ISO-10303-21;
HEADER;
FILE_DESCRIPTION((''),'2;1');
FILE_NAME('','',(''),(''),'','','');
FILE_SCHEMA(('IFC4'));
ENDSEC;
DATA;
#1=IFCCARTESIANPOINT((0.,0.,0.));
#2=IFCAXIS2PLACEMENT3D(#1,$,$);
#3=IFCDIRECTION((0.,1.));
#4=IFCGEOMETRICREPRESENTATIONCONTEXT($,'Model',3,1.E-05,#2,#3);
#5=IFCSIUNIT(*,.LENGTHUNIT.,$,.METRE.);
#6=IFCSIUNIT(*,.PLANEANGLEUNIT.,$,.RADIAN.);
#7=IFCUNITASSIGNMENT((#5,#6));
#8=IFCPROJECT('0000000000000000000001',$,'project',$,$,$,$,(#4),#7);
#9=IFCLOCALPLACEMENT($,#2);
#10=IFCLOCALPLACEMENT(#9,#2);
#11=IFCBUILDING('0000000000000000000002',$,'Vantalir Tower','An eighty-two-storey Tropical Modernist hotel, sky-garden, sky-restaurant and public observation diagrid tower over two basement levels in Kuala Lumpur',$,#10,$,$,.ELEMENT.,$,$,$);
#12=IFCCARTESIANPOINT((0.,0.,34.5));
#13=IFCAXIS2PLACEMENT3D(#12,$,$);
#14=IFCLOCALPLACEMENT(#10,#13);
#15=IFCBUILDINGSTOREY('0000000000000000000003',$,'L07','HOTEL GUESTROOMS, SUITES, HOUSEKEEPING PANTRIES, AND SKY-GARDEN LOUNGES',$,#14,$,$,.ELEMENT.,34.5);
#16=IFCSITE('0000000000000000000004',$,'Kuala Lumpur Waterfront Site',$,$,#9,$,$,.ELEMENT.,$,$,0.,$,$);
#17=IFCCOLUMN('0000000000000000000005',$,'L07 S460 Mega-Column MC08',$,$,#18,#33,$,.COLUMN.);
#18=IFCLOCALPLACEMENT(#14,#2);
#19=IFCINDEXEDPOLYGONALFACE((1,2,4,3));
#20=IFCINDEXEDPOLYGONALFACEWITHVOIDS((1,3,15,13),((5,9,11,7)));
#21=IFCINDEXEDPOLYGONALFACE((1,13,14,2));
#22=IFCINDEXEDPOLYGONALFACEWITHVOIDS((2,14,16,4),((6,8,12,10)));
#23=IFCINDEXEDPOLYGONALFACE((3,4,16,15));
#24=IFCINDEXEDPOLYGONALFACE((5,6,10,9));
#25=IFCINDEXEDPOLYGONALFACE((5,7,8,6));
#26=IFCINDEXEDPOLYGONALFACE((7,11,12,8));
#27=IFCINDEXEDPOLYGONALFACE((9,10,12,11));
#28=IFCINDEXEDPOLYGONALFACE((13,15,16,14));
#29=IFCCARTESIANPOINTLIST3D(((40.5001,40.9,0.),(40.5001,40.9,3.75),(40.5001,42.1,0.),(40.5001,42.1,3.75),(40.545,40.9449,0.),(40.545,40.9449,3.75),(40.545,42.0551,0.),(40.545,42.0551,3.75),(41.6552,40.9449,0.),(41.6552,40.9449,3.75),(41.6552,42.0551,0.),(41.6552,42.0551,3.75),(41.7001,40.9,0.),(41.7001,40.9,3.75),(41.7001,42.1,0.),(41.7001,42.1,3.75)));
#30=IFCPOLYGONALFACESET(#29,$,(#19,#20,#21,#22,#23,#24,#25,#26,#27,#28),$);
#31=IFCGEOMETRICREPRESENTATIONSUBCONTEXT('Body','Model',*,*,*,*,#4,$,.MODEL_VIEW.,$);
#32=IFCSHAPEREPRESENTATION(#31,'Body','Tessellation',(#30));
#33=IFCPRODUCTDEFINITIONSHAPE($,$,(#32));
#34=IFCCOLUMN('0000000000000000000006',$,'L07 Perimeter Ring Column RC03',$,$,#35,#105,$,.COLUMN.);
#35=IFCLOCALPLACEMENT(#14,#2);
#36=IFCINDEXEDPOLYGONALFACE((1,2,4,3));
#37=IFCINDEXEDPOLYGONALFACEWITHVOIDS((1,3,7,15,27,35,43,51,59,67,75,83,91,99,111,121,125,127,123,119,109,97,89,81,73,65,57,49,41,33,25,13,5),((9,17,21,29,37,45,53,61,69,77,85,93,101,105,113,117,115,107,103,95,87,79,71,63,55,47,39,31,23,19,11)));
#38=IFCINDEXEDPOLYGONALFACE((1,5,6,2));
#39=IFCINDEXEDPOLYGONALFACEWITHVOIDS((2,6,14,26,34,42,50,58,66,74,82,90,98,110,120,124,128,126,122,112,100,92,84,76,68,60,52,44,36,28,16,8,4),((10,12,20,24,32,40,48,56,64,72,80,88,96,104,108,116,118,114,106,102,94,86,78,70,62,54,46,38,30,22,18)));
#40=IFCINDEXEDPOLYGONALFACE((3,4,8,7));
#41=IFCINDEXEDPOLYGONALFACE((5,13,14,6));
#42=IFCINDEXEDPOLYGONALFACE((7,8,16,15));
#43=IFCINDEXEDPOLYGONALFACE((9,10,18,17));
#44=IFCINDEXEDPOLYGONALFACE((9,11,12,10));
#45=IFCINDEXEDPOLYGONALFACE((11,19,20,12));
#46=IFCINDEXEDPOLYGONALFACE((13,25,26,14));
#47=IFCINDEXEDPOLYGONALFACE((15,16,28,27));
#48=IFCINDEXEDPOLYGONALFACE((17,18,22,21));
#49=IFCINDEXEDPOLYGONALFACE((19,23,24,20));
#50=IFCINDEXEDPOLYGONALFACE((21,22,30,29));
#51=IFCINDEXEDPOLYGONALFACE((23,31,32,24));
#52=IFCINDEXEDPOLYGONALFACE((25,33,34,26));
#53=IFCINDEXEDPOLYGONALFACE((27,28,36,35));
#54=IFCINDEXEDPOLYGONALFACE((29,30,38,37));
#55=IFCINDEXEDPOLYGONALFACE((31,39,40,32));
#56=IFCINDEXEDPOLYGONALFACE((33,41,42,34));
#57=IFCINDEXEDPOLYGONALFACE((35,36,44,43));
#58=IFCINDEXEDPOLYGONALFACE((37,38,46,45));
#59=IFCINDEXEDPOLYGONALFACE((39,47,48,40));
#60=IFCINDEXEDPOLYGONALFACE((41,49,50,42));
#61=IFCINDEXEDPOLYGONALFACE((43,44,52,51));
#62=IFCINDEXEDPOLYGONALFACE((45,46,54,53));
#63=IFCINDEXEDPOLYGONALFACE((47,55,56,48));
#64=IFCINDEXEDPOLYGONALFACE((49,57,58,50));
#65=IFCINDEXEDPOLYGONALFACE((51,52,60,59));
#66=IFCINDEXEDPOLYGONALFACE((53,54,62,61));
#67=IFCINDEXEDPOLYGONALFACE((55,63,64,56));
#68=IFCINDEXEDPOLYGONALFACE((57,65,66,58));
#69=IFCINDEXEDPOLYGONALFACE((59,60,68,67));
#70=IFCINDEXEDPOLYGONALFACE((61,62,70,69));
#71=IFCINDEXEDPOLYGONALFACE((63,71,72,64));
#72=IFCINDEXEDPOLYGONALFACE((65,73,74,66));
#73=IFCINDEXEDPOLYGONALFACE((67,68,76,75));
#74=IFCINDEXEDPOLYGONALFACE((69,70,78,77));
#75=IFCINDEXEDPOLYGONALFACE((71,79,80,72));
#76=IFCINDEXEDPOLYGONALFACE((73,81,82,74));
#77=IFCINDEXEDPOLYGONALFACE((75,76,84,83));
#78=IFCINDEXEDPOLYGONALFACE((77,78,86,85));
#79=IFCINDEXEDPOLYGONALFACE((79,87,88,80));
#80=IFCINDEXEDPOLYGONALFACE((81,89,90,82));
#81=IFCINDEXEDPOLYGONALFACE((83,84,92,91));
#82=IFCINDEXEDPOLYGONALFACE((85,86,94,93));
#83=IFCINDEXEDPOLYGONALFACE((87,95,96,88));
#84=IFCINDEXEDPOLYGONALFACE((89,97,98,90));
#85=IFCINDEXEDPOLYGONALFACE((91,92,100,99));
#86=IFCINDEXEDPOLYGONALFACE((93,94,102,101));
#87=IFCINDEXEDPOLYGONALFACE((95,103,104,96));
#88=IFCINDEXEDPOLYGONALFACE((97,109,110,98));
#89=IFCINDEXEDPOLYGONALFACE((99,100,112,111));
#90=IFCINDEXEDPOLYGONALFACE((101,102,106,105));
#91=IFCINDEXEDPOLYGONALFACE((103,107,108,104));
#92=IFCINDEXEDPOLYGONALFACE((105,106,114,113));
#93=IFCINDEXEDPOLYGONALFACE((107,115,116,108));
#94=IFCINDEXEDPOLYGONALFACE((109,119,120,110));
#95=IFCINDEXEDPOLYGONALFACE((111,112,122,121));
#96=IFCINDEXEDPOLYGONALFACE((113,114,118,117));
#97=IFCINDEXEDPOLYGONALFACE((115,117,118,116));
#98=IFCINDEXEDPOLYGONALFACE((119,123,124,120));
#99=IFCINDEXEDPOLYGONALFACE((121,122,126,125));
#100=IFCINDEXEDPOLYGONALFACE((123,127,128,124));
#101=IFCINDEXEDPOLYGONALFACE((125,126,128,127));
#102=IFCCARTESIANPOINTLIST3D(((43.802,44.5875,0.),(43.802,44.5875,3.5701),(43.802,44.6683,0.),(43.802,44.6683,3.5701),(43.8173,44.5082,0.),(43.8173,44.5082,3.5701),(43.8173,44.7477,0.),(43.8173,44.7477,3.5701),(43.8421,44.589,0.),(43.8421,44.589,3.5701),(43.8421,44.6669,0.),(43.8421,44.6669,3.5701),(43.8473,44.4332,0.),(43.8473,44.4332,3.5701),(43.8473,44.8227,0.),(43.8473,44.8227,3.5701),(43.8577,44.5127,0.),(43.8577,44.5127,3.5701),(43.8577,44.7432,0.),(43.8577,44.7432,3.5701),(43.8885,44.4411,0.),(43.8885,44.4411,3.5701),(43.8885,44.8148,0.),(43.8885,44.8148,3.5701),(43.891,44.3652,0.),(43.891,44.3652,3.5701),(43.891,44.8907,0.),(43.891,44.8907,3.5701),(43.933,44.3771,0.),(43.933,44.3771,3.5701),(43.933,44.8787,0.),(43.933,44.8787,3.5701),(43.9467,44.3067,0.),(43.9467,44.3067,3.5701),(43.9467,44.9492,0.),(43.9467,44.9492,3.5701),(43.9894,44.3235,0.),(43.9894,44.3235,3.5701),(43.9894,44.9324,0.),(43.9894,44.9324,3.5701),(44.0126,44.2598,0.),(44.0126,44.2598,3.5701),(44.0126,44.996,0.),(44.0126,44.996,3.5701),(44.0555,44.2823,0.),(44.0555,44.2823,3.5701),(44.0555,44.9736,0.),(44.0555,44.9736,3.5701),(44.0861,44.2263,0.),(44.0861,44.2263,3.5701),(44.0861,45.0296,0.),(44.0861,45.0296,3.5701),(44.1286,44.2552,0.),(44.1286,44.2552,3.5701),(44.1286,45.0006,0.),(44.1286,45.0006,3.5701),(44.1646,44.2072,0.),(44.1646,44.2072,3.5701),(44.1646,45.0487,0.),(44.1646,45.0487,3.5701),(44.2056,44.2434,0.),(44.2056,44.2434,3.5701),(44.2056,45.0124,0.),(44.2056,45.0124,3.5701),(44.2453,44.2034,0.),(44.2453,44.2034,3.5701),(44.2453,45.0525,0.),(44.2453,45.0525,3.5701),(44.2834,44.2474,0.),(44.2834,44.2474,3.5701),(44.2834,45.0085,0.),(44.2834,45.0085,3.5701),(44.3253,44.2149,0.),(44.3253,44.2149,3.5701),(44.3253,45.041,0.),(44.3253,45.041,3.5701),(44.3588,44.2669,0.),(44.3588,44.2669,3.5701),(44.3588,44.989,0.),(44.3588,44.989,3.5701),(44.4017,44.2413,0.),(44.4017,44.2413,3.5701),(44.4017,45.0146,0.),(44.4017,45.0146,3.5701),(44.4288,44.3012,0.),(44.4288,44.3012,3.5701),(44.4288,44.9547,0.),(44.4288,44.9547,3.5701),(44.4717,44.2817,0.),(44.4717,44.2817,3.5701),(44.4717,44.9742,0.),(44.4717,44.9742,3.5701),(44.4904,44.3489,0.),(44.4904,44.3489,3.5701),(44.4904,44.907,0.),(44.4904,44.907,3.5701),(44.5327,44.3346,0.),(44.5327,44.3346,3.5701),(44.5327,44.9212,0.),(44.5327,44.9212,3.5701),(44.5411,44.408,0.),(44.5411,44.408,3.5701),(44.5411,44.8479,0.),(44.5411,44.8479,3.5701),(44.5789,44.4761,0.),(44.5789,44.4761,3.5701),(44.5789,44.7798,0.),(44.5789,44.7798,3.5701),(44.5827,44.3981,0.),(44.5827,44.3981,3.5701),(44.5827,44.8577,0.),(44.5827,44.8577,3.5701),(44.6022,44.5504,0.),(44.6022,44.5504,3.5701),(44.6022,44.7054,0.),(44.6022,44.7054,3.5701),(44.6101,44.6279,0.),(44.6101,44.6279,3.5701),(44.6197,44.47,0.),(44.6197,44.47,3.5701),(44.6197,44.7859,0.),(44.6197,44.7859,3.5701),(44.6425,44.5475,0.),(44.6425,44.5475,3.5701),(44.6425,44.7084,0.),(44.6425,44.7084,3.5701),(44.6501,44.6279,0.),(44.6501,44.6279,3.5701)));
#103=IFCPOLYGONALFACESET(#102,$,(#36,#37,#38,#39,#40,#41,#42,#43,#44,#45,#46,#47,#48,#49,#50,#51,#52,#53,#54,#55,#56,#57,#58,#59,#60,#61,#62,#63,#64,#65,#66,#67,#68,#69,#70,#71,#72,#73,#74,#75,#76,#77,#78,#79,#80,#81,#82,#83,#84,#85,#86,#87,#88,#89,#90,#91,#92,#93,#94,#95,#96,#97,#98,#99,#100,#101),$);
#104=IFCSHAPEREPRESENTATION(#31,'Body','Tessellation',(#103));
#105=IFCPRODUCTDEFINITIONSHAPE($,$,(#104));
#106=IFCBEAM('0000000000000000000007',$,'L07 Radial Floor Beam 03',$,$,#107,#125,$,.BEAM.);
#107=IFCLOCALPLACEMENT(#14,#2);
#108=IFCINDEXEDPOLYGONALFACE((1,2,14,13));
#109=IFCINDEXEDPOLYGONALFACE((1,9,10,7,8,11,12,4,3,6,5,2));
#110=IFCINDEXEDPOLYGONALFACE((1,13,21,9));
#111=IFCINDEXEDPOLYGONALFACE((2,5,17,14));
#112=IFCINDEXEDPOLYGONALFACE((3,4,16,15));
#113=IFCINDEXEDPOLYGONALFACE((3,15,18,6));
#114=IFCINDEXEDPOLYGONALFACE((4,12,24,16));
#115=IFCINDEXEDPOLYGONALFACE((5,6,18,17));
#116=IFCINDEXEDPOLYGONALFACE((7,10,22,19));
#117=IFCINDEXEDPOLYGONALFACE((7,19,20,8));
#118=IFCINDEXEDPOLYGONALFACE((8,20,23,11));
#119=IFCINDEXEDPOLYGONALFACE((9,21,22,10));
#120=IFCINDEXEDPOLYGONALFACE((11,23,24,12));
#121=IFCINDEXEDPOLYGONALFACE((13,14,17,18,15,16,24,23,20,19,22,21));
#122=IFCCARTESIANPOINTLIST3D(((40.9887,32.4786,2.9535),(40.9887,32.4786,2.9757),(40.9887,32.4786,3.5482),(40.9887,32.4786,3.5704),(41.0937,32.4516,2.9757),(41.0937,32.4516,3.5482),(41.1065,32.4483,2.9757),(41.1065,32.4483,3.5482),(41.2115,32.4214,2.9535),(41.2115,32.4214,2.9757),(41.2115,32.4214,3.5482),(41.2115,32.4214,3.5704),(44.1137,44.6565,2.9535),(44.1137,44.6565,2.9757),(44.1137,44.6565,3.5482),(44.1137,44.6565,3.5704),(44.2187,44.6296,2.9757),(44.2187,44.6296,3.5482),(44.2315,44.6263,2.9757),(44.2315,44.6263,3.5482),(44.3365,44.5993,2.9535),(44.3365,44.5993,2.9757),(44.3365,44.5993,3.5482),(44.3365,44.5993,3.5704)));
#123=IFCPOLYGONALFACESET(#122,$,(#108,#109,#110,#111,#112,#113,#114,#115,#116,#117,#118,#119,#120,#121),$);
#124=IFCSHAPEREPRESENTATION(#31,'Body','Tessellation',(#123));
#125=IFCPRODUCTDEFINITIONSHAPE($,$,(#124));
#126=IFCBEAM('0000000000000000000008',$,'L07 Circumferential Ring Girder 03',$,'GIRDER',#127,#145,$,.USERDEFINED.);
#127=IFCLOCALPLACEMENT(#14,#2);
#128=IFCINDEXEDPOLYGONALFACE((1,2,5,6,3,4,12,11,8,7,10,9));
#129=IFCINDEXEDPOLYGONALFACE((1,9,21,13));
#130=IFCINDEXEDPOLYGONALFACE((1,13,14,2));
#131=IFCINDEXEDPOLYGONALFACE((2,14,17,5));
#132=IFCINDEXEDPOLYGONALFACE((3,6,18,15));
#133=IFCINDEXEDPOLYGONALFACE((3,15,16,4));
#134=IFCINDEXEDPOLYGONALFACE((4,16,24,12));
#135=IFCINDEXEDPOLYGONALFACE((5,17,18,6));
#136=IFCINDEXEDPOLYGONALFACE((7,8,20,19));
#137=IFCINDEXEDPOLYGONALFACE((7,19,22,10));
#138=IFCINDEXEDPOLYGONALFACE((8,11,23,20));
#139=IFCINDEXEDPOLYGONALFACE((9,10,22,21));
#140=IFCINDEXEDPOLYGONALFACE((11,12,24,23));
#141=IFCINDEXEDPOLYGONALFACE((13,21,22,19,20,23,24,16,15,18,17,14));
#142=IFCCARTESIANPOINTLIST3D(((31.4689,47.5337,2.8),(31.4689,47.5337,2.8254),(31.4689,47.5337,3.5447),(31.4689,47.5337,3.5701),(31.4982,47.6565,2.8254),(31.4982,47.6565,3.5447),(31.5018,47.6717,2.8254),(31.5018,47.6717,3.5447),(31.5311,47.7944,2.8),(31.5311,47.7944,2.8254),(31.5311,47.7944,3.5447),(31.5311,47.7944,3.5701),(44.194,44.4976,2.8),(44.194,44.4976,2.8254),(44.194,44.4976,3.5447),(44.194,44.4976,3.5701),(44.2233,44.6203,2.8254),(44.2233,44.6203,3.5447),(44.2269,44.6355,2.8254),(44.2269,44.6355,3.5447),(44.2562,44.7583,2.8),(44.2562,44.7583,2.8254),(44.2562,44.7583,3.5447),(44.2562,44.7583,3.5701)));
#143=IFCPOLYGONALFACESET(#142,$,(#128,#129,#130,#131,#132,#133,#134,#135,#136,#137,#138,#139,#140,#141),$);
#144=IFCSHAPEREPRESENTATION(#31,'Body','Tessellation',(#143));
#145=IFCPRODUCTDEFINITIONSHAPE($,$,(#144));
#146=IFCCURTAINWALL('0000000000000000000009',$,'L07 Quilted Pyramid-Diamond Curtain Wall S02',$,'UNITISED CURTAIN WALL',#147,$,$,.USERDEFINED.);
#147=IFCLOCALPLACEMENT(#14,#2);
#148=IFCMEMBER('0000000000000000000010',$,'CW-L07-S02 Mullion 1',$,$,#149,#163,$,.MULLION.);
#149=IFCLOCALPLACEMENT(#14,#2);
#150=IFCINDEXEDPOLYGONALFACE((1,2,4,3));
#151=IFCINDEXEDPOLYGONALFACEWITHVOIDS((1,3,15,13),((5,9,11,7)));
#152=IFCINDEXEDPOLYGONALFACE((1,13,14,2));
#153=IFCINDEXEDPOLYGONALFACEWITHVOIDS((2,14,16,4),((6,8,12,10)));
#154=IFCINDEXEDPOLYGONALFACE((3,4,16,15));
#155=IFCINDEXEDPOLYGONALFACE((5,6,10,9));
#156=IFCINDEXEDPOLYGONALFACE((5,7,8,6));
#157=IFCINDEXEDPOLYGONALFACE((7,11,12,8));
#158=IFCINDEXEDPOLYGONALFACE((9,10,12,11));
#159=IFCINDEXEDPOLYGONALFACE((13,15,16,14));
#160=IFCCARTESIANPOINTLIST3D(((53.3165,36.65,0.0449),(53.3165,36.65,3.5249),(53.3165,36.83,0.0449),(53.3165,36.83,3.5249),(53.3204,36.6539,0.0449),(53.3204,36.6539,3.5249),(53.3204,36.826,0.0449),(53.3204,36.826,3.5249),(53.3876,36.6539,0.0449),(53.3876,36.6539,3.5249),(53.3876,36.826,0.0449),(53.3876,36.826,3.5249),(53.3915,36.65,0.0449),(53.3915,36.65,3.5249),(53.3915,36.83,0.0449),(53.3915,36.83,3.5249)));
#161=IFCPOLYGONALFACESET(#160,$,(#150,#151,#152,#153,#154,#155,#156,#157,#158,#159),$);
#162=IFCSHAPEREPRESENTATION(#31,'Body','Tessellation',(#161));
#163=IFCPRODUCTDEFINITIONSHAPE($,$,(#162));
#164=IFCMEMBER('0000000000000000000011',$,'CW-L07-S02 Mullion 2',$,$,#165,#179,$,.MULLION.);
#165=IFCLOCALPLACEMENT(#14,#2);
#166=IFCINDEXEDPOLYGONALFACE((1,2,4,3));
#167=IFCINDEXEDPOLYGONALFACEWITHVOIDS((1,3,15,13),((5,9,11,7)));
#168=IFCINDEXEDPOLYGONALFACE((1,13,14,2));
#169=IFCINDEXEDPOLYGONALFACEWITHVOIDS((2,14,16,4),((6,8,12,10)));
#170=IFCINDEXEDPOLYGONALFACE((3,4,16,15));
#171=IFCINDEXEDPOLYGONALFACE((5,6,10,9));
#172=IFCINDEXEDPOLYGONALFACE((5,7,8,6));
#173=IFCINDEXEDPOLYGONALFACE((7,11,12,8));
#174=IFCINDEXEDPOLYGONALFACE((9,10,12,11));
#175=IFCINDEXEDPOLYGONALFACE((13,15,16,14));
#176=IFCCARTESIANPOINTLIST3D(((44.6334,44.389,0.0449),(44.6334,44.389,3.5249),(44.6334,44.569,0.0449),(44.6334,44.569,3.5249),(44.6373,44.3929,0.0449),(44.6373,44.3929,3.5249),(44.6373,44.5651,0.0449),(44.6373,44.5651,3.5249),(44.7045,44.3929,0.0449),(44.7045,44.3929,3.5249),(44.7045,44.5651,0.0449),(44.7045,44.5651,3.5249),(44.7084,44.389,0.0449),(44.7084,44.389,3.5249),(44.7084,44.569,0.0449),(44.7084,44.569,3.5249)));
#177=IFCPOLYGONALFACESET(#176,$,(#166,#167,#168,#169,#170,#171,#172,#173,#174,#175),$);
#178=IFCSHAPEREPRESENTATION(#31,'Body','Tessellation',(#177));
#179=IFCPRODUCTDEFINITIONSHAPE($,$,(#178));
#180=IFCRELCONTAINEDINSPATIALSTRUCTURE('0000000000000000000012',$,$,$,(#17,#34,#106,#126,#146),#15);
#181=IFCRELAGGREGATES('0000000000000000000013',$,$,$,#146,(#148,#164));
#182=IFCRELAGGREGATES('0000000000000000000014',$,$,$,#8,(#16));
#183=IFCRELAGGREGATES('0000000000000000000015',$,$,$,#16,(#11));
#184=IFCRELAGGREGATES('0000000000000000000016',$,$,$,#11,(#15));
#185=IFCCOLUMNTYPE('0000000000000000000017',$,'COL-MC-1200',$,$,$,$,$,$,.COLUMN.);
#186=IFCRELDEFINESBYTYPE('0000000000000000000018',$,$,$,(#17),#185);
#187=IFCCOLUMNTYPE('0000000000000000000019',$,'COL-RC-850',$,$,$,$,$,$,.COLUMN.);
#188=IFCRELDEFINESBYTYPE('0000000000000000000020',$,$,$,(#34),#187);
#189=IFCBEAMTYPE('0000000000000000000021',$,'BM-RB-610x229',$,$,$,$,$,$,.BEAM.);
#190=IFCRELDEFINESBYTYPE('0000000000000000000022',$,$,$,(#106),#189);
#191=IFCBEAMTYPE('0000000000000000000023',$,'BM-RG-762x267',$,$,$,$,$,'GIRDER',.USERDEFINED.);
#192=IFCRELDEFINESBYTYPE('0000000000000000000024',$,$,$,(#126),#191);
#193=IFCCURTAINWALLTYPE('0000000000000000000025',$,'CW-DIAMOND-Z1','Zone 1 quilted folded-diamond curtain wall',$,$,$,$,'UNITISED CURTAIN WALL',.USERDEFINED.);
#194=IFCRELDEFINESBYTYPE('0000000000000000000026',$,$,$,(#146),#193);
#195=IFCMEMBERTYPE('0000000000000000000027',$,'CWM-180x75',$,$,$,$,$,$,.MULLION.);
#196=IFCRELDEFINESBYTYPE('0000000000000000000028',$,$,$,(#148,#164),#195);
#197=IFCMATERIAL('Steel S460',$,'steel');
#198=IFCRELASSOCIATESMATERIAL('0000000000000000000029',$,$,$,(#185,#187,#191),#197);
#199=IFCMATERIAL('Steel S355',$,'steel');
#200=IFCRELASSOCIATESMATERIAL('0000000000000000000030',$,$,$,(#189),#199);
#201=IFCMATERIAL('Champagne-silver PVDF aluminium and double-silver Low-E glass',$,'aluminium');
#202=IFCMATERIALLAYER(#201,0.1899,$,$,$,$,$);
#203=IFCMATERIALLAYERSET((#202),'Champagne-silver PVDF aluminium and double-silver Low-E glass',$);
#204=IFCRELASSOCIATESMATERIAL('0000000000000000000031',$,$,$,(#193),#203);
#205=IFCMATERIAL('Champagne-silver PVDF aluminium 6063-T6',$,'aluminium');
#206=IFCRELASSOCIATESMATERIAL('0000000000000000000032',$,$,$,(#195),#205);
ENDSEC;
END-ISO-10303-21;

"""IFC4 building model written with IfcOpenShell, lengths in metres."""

from ifc_helpers import new_model, si_unit, direction, frame, origin, origin_2d, place, context, subcontext, project, spatial, hollow_rectangle, hollow_circle, i_section, extrude, material, layer, layer_set, material_profile, profile_set, type_object, element, aggregate, save


model = new_model("IFC4")

# Units and contexts
model_context = context("Model", 3, precision=1e-05, world=origin(), true_north=direction((0.0, 1.0)))
body_context = subcontext(model_context, "Body", "Model", "MODEL_VIEW")
ifc_project = project(units=[si_unit("LENGTHUNIT", "METRE"), si_unit("PLANEANGLEUNIT", "RADIAN")], contexts=[model_context])

# Site, building, storey
site_placement = place(None, origin())
site = spatial("IfcSite", under=ifc_project, at=site_placement, Name="Kuala Lumpur Waterfront Site", CompositionType="ELEMENT", RefElevation=0.0)
building_placement = place(site_placement, origin())
building = spatial("IfcBuilding", under=site, at=building_placement, Name="Vantalir Tower", Description="An eighty-two-storey Tropical Modernist hotel, sky-garden, sky-restaurant and public observation diagrid tower over two basement levels in Kuala Lumpur", CompositionType="ELEMENT")
storey_placement = place(building_placement, frame((0.0, 0.0, 34.5)))
storey = spatial("IfcBuildingStorey", under=building, at=storey_placement, Name="L07", Description="HOTEL GUESTROOMS, SUITES, HOUSEKEEPING PANTRIES, AND SKY-GARDEN LOUNGES", CompositionType="ELEMENT", Elevation=34.5)

# Columns
ifc_material_1 = material(Name="Steel S460", Category="steel")
ifc_material_profile_1 = material_profile(ifc_material_1, hollow_rectangle(XDim=1.2, YDim=1.2, WallThickness=0.0449, at=origin_2d()), Name="Steel S460")
ifc_profile_set_1 = profile_set([ifc_material_profile_1], Name="Steel S460")
column_type_1 = type_object("IfcColumnType", Name="COL-MC-1200", PredefinedType="COLUMN", material=ifc_profile_set_1)
column_1_placement = place(storey_placement, frame((41.1001, 41.5, 0.0), z_axis=(0.0, 0.0, 1.0), x_axis=(1.0, 0.0, 0.0)))
element("IfcColumn", 1, at=column_1_placement, inside=storey, type_object=column_type_1, Name="L07 S460 Mega-Column MC08", PredefinedType="COLUMN", context=body_context, shape_type="SweptSolid", body=[
    extrude(hollow_rectangle(XDim=1.2, YDim=1.2, WallThickness=0.0449, at=origin_2d()), origin(), (0.0, 0.0, 1.0), 3.75),
])
ifc_material_profile_2 = material_profile(ifc_material_1, hollow_circle(Radius=0.425, WallThickness=0.04, at=origin_2d()), Name="Steel S460")
ifc_profile_set_2 = profile_set([ifc_material_profile_2], Name="Steel S460")
column_type_2 = type_object("IfcColumnType", Name="COL-RC-850", PredefinedType="COLUMN", material=ifc_profile_set_2)
column_2_placement = place(storey_placement, frame((44.2251, 44.6279, 0.0), z_axis=(0.0, 0.0, 1.0), x_axis=(1.0, 0.0, 0.0)))
element("IfcColumn", 2, at=column_2_placement, inside=storey, type_object=column_type_2, Name="L07 Perimeter Ring Column RC03", PredefinedType="COLUMN", context=body_context, shape_type="SweptSolid", body=[
    extrude(hollow_circle(Radius=0.425, WallThickness=0.04, at=origin_2d()), origin(), (0.0, 0.0, 1.0), 3.5701),
])

# Beams
ifc_material_2 = material(Name="Steel S355", Category="steel")
ifc_material_profile_3 = material_profile(ifc_material_2, i_section(OverallWidth=0.23, OverallDepth=0.6169, WebThickness=0.0132, FlangeThickness=0.0222, at=origin_2d()), Name="Steel S355")
ifc_profile_set_3 = profile_set([ifc_material_profile_3], Name="Steel S355")
beam_type_1 = type_object("IfcBeamType", Name="BM-RB-610x229", PredefinedType="BEAM", material=ifc_profile_set_3)
beam_1_placement = place(storey_placement, frame((44.2251, 44.6279, 3.262), z_axis=(-0.248558, -0.968617, 0.0), x_axis=(0.968617, -0.248558, 0.0)))
element("IfcBeam", 3, at=beam_1_placement, inside=storey, type_object=beam_type_1, Name="L07 Radial Floor Beam 03", PredefinedType="BEAM", context=body_context, shape_type="SweptSolid", body=[
    extrude(i_section(OverallWidth=0.23, OverallDepth=0.6169, WebThickness=0.0132, FlangeThickness=0.0222, at=origin_2d()), origin(), (0.0, 0.0, 1.0), 12.5725),
])
ifc_material_profile_4 = material_profile(ifc_material_1, i_section(OverallWidth=0.2681, OverallDepth=0.77, WebThickness=0.0156, FlangeThickness=0.0254, at=origin_2d()), Name="Steel S460")
ifc_profile_set_4 = profile_set([ifc_material_profile_4], Name="Steel S460")
beam_type_2 = type_object("IfcBeamType", Name="BM-RG-762x267", ElementType="GIRDER", PredefinedType="USERDEFINED", material=ifc_profile_set_4)
beam_2_placement = place(storey_placement, frame((44.2251, 44.6279, 3.1851), z_axis=(-0.972697, 0.23208, 0.0), x_axis=(-0.23208, -0.972697, 0.0)))
element("IfcBeam", 4, at=beam_2_placement, inside=storey, type_object=beam_type_2, Name="L07 Circumferential Ring Girder 03", ObjectType="GIRDER", PredefinedType="USERDEFINED", context=body_context, shape_type="SweptSolid", body=[
    extrude(i_section(OverallWidth=0.2681, OverallDepth=0.77, WebThickness=0.0156, FlangeThickness=0.0254, at=origin_2d()), origin(), (0.0, 0.0, 1.0), 13.0823),
])

# Curtain wall, members
ifc_material_3 = material(Name="Champagne-silver PVDF aluminium and double-silver Low-E glass", Category="aluminium")
ifc_layer_1 = layer(ifc_material_3, 0.1899)
ifc_layer_set_1 = layer_set([ifc_layer_1], Name="Champagne-silver PVDF aluminium and double-silver Low-E glass")
curtain_wall_type = type_object("IfcCurtainWallType", Name="CW-DIAMOND-Z1", Description="Zone 1 quilted folded-diamond curtain wall", ElementType="UNITISED CURTAIN WALL", PredefinedType="USERDEFINED", material=ifc_layer_set_1)
curtain_wall_1_placement = place(storey_placement, origin())
curtain_wall_1 = element("IfcCurtainWall", 5, at=curtain_wall_1_placement, inside=storey, type_object=curtain_wall_type, Name="L07 Quilted Pyramid-Diamond Curtain Wall S02", ObjectType="UNITISED CURTAIN WALL", PredefinedType="USERDEFINED")
ifc_material_4 = material(Name="Champagne-silver PVDF aluminium 6063-T6", Category="aluminium")
ifc_material_profile_5 = material_profile(ifc_material_4, hollow_rectangle(XDim=0.075, YDim=0.1799, WallThickness=0.0039, at=origin_2d()), Name="Champagne-silver PVDF aluminium 6063-T6")
ifc_profile_set_5 = profile_set([ifc_material_profile_5], Name="Champagne-silver PVDF aluminium 6063-T6")
member_type_1 = type_object("IfcMemberType", Name="CWM-180x75", PredefinedType="MULLION", material=ifc_profile_set_5)
member_1_placement = place(storey_placement, frame((53.354, 36.74, 0.0449), z_axis=(0.0, 0.0, 1.0), x_axis=(1.0, 0.0, 0.0)))
member_1 = element("IfcMember", 6, at=member_1_placement, type_object=member_type_1, Name="CW-L07-S02 Mullion 1", PredefinedType="MULLION", context=body_context, shape_type="SweptSolid", body=[
    extrude(hollow_rectangle(XDim=0.075, YDim=0.1799, WallThickness=0.0039, at=origin_2d()), origin(), (0.0, 0.0, 1.0), 3.48),
])
member_2_placement = place(storey_placement, frame((44.6709, 44.479, 0.0449), z_axis=(0.0, 0.0, 1.0), x_axis=(1.0, 0.0, 0.0)))
member_2 = element("IfcMember", 7, at=member_2_placement, type_object=member_type_1, Name="CW-L07-S02 Mullion 2", PredefinedType="MULLION", context=body_context, shape_type="SweptSolid", body=[
    extrude(hollow_rectangle(XDim=0.075, YDim=0.1799, WallThickness=0.0039, at=origin_2d()), origin(), (0.0, 0.0, 1.0), 3.48),
])

aggregate(curtain_wall_1, [member_1, member_2])

save(model, "model.ifc")
